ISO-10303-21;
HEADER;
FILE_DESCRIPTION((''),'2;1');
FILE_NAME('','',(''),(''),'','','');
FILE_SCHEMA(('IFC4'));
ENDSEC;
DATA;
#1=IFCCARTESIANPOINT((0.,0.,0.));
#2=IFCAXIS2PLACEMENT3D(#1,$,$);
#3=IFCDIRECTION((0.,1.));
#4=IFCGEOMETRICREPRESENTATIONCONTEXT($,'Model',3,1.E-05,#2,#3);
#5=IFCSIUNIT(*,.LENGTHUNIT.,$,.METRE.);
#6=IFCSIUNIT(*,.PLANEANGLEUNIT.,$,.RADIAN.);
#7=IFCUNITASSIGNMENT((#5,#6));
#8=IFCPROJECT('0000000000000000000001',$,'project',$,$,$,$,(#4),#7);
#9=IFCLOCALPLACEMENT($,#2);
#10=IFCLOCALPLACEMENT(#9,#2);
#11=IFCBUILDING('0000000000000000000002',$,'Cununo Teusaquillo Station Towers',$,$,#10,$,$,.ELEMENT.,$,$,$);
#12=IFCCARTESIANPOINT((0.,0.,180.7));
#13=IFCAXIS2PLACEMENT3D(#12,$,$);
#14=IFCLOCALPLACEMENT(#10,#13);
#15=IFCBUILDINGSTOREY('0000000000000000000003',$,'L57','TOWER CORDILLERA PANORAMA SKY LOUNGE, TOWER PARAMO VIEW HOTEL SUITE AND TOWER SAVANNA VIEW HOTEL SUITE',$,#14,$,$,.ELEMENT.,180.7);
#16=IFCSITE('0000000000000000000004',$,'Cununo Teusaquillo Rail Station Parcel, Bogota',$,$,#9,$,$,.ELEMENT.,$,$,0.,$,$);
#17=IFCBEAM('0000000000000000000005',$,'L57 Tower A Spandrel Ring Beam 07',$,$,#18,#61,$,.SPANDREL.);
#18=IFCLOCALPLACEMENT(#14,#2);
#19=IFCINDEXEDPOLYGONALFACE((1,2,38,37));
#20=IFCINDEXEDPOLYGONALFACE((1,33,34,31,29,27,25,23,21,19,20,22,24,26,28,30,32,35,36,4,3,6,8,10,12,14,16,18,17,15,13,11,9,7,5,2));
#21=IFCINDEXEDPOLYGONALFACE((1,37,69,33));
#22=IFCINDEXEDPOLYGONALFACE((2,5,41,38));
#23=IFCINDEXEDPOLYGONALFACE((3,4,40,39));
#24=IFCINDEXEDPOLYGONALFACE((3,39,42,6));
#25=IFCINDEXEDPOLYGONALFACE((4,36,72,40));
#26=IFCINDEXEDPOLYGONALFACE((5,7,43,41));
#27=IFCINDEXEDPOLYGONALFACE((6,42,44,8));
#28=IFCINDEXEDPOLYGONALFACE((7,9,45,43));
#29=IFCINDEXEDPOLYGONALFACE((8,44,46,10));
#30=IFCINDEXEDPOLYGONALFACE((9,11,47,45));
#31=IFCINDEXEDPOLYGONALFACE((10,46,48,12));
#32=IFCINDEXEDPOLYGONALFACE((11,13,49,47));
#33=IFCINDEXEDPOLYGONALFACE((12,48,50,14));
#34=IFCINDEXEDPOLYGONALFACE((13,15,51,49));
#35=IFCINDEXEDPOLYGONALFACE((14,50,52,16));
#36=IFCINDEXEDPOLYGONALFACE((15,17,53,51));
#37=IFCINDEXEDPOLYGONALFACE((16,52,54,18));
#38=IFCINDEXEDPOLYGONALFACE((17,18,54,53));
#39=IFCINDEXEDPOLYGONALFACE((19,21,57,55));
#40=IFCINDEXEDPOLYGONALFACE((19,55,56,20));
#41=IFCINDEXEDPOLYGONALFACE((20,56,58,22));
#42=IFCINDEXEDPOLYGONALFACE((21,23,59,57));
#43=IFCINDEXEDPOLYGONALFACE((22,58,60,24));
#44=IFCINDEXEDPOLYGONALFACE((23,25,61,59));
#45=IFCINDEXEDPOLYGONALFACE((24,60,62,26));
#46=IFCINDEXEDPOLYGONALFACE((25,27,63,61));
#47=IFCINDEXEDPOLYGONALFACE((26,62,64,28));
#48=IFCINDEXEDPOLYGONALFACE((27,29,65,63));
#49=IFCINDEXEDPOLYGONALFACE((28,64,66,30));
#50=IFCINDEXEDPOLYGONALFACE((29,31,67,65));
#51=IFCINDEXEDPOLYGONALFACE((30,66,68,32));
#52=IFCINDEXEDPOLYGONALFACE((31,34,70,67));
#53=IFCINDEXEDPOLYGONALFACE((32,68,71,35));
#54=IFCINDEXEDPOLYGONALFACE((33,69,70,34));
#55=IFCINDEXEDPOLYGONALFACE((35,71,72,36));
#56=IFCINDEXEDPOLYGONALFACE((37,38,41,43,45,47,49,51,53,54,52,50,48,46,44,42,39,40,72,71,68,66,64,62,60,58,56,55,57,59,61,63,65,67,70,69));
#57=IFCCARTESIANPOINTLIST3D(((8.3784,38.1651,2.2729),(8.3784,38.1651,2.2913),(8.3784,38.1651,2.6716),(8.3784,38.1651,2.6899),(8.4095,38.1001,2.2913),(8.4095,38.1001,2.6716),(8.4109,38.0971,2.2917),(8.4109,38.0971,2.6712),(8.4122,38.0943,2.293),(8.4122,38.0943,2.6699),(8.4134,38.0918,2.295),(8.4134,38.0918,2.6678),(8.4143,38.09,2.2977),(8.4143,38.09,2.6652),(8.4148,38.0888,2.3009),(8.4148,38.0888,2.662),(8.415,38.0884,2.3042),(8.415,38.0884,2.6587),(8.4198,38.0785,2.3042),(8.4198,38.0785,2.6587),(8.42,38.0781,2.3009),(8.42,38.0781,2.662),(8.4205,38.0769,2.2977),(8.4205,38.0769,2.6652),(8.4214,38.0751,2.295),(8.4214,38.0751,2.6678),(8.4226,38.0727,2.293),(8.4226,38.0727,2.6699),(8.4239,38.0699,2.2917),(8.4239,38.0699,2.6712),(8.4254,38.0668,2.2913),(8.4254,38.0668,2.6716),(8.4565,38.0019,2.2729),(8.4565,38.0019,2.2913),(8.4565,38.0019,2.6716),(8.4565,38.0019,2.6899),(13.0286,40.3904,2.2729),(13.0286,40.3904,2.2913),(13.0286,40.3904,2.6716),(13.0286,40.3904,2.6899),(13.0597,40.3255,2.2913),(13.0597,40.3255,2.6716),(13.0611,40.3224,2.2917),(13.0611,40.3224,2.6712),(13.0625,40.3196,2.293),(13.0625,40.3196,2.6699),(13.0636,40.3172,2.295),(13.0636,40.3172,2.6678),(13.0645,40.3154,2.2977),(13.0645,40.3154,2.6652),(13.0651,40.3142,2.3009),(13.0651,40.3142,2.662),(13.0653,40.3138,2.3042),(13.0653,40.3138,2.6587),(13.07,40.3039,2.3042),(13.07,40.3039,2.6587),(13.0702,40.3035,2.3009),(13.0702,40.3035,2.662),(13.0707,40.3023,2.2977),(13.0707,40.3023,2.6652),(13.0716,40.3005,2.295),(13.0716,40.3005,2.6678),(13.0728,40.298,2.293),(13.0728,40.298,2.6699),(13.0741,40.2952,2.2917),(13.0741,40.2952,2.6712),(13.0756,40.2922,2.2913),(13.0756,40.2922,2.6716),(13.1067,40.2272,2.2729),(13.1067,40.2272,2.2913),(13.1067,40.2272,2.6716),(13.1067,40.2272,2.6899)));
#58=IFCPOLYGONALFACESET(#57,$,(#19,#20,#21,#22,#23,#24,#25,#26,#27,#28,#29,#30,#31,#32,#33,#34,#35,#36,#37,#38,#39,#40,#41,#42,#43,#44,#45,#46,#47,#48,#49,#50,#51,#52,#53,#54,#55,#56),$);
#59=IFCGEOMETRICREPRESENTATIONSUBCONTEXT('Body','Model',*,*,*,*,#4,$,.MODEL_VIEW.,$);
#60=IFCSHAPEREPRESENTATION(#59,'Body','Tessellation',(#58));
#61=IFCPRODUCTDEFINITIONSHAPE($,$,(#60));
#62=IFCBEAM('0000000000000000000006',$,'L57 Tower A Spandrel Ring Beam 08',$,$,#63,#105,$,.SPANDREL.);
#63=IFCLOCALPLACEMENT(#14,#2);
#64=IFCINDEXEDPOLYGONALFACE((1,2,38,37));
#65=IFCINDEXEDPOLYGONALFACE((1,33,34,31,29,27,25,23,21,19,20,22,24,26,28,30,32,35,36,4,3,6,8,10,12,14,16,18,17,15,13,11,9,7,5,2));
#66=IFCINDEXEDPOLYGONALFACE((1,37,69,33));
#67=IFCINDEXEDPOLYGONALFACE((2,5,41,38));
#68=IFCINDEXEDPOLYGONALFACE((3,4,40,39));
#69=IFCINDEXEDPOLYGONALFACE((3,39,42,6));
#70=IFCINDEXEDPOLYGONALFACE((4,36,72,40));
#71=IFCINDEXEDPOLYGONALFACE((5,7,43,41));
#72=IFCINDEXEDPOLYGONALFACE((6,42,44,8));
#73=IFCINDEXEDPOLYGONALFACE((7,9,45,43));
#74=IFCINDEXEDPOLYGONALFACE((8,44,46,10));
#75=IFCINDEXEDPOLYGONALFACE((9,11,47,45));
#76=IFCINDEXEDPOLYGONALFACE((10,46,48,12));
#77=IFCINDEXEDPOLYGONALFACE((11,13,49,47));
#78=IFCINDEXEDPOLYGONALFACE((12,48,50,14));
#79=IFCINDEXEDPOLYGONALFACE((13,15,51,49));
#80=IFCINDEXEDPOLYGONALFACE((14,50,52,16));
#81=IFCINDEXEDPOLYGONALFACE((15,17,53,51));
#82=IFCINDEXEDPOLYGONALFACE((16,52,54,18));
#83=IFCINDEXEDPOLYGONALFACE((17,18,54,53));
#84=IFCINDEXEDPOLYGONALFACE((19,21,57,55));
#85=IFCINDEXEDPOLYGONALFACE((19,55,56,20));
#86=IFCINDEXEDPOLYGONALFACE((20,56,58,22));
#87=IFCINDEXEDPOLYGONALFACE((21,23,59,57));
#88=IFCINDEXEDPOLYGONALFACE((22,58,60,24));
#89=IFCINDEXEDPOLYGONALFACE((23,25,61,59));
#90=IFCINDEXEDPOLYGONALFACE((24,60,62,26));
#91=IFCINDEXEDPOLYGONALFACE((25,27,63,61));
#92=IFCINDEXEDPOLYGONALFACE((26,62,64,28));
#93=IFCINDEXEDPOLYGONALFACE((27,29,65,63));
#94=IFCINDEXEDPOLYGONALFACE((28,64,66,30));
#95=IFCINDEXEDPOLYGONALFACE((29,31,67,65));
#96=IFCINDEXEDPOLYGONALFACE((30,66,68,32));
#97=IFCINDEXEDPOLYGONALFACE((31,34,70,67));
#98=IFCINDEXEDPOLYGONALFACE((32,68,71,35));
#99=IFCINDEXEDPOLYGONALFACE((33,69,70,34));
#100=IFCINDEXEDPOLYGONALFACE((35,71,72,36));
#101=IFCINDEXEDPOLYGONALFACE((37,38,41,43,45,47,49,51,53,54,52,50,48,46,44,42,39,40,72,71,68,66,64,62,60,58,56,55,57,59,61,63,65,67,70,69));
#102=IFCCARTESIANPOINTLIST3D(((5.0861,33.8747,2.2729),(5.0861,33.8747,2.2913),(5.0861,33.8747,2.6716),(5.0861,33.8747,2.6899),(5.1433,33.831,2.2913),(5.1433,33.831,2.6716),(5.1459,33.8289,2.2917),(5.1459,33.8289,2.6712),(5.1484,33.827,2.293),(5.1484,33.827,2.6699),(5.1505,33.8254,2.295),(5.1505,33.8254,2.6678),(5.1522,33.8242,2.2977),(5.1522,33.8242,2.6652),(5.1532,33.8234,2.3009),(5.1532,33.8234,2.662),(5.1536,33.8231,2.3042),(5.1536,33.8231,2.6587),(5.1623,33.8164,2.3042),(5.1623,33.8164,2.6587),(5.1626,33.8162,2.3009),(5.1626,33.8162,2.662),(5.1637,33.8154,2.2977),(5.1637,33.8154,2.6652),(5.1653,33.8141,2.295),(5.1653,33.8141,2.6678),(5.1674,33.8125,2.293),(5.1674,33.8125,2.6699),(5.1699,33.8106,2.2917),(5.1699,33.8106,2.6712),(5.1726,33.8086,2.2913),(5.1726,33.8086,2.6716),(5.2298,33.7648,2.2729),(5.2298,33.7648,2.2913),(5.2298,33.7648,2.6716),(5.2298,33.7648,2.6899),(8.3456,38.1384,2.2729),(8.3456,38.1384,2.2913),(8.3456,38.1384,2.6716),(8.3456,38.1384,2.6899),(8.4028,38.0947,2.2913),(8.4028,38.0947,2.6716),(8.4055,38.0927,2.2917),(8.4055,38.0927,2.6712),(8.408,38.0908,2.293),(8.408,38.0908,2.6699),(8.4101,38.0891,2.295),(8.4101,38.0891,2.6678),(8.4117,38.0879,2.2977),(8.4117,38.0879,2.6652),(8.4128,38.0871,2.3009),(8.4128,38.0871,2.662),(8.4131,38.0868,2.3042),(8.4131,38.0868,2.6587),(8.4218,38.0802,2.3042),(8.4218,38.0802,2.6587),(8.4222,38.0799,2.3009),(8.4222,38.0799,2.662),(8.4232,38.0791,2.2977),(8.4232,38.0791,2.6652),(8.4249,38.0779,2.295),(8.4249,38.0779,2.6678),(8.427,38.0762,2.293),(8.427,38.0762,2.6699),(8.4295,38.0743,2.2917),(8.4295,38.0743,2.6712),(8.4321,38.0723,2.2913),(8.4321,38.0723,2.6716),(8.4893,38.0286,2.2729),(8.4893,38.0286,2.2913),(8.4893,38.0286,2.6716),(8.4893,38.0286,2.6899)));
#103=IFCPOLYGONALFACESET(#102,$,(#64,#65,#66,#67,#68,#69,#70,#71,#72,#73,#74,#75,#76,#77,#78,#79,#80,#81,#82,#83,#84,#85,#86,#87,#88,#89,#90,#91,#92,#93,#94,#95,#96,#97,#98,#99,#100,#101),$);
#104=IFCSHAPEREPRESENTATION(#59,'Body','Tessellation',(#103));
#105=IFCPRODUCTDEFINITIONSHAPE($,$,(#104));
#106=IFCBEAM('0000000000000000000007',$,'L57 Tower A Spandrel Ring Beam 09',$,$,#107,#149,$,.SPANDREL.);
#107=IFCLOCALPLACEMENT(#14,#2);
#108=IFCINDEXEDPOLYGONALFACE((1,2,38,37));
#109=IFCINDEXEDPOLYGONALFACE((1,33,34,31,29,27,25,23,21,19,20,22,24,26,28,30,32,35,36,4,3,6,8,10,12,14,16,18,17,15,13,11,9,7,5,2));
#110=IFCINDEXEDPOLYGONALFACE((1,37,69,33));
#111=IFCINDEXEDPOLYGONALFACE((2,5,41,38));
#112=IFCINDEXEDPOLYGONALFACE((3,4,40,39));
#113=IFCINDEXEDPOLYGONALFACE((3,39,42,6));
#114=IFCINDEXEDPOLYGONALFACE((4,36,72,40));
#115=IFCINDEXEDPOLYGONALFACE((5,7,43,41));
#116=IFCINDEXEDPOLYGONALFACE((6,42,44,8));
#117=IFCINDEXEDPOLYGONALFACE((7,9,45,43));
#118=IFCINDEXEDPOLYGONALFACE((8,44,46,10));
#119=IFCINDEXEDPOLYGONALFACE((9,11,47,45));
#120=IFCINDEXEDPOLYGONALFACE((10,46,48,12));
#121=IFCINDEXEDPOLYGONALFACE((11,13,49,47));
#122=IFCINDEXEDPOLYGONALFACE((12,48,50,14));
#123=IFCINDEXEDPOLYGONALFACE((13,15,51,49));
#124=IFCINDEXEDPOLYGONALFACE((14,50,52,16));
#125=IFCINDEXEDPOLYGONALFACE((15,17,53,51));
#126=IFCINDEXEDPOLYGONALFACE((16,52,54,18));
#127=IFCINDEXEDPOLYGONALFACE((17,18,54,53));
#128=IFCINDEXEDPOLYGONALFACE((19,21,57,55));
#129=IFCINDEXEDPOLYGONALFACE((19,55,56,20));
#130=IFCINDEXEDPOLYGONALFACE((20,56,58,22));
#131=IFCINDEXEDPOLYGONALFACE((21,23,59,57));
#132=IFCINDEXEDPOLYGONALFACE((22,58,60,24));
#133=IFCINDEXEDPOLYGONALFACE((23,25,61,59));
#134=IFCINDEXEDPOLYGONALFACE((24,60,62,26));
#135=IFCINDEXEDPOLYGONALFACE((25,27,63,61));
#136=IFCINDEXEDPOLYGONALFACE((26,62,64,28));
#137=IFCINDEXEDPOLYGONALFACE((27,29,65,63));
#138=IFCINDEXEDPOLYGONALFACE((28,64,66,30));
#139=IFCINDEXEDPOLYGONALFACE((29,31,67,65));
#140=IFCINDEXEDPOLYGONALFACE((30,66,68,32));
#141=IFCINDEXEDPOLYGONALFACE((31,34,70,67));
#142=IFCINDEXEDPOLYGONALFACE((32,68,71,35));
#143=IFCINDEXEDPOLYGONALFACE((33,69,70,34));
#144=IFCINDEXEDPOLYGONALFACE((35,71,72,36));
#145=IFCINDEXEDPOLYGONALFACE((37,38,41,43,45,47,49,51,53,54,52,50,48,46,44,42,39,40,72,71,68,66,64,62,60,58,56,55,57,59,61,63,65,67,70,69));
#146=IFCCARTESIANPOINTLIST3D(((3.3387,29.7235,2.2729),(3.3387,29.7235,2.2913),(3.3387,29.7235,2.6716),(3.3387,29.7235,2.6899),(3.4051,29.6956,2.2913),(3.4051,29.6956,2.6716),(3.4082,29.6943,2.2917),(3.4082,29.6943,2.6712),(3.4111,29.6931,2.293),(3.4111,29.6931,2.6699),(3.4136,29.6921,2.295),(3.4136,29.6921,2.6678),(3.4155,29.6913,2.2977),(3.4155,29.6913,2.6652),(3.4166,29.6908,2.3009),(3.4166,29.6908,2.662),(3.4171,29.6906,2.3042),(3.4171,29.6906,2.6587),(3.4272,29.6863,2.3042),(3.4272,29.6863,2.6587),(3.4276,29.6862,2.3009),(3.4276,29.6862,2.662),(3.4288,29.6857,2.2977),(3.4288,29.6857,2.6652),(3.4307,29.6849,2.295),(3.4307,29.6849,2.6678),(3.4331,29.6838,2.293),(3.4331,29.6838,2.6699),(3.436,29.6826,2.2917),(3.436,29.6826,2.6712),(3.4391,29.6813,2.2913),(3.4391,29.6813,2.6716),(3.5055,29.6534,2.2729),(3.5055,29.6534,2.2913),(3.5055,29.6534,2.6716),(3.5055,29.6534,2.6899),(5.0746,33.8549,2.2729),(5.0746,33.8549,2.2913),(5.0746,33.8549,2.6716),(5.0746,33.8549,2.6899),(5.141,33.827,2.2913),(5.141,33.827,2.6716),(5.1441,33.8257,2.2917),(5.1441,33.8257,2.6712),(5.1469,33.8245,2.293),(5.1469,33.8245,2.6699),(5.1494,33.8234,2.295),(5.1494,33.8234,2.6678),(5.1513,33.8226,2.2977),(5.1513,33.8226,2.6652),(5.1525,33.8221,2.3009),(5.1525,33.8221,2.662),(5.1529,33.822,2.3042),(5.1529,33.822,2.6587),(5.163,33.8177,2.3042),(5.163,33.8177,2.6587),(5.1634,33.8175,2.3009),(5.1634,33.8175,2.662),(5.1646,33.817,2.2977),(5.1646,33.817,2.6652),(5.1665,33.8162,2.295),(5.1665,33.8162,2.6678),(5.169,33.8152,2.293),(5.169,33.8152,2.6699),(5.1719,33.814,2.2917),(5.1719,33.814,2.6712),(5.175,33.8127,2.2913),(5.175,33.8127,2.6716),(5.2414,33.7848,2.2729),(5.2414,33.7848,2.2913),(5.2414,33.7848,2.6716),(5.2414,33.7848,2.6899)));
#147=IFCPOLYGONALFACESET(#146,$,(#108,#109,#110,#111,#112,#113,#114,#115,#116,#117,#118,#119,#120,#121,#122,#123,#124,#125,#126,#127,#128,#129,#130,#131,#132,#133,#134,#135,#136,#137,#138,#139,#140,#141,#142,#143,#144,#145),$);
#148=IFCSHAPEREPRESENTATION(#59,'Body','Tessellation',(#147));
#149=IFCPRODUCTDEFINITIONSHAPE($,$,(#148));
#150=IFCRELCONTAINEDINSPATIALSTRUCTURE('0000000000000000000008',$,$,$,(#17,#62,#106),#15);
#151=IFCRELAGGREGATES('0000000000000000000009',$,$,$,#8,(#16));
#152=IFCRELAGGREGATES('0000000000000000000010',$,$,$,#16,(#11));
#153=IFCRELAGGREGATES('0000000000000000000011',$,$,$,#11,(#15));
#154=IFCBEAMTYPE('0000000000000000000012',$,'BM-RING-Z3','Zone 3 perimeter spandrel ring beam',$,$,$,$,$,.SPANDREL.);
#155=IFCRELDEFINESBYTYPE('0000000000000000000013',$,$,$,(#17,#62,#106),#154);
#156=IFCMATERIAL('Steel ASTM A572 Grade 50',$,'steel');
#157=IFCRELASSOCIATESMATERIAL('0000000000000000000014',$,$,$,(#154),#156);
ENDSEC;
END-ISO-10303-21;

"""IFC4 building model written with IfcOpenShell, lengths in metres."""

from ifc_helpers import new_model, si_unit, direction, frame, origin, origin_2d, place, context, subcontext, project, spatial, i_section, extrude, material, material_profile, profile_set, type_object, element, save


model = new_model("IFC4")

# Units and contexts
model_context = context("Model", 3, precision=1e-05, world=origin(), true_north=direction((0.0, 1.0)))
body_context = subcontext(model_context, "Body", "Model", "MODEL_VIEW")
ifc_project = project(units=[si_unit("LENGTHUNIT", "METRE"), si_unit("PLANEANGLEUNIT", "RADIAN")], contexts=[model_context])

# Site, building, storey
site_placement = place(None, origin())
site = spatial("IfcSite", under=ifc_project, at=site_placement, Name="Cununo Teusaquillo Rail Station Parcel, Bogota", CompositionType="ELEMENT", RefElevation=0.0)
building_placement = place(site_placement, origin())
building = spatial("IfcBuilding", under=site, at=building_placement, Name="Cununo Teusaquillo Station Towers", CompositionType="ELEMENT")
storey_placement = place(building_placement, frame((0.0, 0.0, 180.7)))
storey = spatial("IfcBuildingStorey", under=building, at=storey_placement, Name="L57", Description="TOWER CORDILLERA PANORAMA SKY LOUNGE, TOWER PARAMO VIEW HOTEL SUITE AND TOWER SAVANNA VIEW HOTEL SUITE", CompositionType="ELEMENT", Elevation=180.7)

# Beams
ifc_material_1 = material(Name="Steel ASTM A572 Grade 50", Category="steel")
ifc_material_profile_1 = material_profile(ifc_material_1, i_section(OverallWidth=0.1809, OverallDepth=0.417, WebThickness=0.011, FlangeThickness=0.0183, FilletRadius=0.0129, at=origin_2d()), Name="W16X57")
ifc_profile_set_1 = profile_set([ifc_material_profile_1], Name="Steel ASTM A572 Grade 50")
beam_type_1 = type_object("IfcBeamType", Name="BM-RING-Z3", Description="Zone 3 perimeter spandrel ring beam", PredefinedType="SPANDREL", material=ifc_profile_set_1)
beam_1_placement = place(storey_placement, frame((13.0676, 40.3088, 2.4814), z_axis=(-0.902032, -0.43167, 0.0), x_axis=(0.43167, -0.902032, 0.0)))
element("IfcBeam", 1, at=beam_1_placement, inside=storey, type_object=beam_type_1, Name="L57 Tower A Spandrel Ring Beam 07", PredefinedType="SPANDREL", context=body_context, shape_type="SweptSolid", body=[
    extrude(i_section(OverallWidth=0.1809, OverallDepth=0.417, WebThickness=0.011, FlangeThickness=0.0183, FilletRadius=0.0129, at=origin_2d()), origin(), (0.0, 0.0, 1.0), 5.1553),
])
beam_2_placement = place(storey_placement, frame((8.4175, 38.0835, 2.4814), z_axis=(-0.60734, -0.794442, 0.0), x_axis=(0.794442, -0.60734, 0.0)))
element("IfcBeam", 2, at=beam_2_placement, inside=storey, type_object=beam_type_1, Name="L57 Tower A Spandrel Ring Beam 08", PredefinedType="SPANDREL", context=body_context, shape_type="SweptSolid", body=[
    extrude(i_section(OverallWidth=0.1809, OverallDepth=0.417, WebThickness=0.011, FlangeThickness=0.0183, FilletRadius=0.0129, at=origin_2d()), origin(), (0.0, 0.0, 1.0), 5.3669),
])
beam_3_placement = place(storey_placement, frame((5.158, 33.8198, 2.4814), z_axis=(-0.38736, -0.921928, 0.0), x_axis=(0.921928, -0.38736, 0.0)))
element("IfcBeam", 3, at=beam_3_placement, inside=storey, type_object=beam_type_1, Name="L57 Tower A Spandrel Ring Beam 09", PredefinedType="SPANDREL", context=body_context, shape_type="SweptSolid", body=[
    extrude(i_section(OverallWidth=0.1809, OverallDepth=0.417, WebThickness=0.011, FlangeThickness=0.0183, FilletRadius=0.0129, at=origin_2d()), origin(), (0.0, 0.0, 1.0), 4.4812),
])

save(model, "model.ifc")
